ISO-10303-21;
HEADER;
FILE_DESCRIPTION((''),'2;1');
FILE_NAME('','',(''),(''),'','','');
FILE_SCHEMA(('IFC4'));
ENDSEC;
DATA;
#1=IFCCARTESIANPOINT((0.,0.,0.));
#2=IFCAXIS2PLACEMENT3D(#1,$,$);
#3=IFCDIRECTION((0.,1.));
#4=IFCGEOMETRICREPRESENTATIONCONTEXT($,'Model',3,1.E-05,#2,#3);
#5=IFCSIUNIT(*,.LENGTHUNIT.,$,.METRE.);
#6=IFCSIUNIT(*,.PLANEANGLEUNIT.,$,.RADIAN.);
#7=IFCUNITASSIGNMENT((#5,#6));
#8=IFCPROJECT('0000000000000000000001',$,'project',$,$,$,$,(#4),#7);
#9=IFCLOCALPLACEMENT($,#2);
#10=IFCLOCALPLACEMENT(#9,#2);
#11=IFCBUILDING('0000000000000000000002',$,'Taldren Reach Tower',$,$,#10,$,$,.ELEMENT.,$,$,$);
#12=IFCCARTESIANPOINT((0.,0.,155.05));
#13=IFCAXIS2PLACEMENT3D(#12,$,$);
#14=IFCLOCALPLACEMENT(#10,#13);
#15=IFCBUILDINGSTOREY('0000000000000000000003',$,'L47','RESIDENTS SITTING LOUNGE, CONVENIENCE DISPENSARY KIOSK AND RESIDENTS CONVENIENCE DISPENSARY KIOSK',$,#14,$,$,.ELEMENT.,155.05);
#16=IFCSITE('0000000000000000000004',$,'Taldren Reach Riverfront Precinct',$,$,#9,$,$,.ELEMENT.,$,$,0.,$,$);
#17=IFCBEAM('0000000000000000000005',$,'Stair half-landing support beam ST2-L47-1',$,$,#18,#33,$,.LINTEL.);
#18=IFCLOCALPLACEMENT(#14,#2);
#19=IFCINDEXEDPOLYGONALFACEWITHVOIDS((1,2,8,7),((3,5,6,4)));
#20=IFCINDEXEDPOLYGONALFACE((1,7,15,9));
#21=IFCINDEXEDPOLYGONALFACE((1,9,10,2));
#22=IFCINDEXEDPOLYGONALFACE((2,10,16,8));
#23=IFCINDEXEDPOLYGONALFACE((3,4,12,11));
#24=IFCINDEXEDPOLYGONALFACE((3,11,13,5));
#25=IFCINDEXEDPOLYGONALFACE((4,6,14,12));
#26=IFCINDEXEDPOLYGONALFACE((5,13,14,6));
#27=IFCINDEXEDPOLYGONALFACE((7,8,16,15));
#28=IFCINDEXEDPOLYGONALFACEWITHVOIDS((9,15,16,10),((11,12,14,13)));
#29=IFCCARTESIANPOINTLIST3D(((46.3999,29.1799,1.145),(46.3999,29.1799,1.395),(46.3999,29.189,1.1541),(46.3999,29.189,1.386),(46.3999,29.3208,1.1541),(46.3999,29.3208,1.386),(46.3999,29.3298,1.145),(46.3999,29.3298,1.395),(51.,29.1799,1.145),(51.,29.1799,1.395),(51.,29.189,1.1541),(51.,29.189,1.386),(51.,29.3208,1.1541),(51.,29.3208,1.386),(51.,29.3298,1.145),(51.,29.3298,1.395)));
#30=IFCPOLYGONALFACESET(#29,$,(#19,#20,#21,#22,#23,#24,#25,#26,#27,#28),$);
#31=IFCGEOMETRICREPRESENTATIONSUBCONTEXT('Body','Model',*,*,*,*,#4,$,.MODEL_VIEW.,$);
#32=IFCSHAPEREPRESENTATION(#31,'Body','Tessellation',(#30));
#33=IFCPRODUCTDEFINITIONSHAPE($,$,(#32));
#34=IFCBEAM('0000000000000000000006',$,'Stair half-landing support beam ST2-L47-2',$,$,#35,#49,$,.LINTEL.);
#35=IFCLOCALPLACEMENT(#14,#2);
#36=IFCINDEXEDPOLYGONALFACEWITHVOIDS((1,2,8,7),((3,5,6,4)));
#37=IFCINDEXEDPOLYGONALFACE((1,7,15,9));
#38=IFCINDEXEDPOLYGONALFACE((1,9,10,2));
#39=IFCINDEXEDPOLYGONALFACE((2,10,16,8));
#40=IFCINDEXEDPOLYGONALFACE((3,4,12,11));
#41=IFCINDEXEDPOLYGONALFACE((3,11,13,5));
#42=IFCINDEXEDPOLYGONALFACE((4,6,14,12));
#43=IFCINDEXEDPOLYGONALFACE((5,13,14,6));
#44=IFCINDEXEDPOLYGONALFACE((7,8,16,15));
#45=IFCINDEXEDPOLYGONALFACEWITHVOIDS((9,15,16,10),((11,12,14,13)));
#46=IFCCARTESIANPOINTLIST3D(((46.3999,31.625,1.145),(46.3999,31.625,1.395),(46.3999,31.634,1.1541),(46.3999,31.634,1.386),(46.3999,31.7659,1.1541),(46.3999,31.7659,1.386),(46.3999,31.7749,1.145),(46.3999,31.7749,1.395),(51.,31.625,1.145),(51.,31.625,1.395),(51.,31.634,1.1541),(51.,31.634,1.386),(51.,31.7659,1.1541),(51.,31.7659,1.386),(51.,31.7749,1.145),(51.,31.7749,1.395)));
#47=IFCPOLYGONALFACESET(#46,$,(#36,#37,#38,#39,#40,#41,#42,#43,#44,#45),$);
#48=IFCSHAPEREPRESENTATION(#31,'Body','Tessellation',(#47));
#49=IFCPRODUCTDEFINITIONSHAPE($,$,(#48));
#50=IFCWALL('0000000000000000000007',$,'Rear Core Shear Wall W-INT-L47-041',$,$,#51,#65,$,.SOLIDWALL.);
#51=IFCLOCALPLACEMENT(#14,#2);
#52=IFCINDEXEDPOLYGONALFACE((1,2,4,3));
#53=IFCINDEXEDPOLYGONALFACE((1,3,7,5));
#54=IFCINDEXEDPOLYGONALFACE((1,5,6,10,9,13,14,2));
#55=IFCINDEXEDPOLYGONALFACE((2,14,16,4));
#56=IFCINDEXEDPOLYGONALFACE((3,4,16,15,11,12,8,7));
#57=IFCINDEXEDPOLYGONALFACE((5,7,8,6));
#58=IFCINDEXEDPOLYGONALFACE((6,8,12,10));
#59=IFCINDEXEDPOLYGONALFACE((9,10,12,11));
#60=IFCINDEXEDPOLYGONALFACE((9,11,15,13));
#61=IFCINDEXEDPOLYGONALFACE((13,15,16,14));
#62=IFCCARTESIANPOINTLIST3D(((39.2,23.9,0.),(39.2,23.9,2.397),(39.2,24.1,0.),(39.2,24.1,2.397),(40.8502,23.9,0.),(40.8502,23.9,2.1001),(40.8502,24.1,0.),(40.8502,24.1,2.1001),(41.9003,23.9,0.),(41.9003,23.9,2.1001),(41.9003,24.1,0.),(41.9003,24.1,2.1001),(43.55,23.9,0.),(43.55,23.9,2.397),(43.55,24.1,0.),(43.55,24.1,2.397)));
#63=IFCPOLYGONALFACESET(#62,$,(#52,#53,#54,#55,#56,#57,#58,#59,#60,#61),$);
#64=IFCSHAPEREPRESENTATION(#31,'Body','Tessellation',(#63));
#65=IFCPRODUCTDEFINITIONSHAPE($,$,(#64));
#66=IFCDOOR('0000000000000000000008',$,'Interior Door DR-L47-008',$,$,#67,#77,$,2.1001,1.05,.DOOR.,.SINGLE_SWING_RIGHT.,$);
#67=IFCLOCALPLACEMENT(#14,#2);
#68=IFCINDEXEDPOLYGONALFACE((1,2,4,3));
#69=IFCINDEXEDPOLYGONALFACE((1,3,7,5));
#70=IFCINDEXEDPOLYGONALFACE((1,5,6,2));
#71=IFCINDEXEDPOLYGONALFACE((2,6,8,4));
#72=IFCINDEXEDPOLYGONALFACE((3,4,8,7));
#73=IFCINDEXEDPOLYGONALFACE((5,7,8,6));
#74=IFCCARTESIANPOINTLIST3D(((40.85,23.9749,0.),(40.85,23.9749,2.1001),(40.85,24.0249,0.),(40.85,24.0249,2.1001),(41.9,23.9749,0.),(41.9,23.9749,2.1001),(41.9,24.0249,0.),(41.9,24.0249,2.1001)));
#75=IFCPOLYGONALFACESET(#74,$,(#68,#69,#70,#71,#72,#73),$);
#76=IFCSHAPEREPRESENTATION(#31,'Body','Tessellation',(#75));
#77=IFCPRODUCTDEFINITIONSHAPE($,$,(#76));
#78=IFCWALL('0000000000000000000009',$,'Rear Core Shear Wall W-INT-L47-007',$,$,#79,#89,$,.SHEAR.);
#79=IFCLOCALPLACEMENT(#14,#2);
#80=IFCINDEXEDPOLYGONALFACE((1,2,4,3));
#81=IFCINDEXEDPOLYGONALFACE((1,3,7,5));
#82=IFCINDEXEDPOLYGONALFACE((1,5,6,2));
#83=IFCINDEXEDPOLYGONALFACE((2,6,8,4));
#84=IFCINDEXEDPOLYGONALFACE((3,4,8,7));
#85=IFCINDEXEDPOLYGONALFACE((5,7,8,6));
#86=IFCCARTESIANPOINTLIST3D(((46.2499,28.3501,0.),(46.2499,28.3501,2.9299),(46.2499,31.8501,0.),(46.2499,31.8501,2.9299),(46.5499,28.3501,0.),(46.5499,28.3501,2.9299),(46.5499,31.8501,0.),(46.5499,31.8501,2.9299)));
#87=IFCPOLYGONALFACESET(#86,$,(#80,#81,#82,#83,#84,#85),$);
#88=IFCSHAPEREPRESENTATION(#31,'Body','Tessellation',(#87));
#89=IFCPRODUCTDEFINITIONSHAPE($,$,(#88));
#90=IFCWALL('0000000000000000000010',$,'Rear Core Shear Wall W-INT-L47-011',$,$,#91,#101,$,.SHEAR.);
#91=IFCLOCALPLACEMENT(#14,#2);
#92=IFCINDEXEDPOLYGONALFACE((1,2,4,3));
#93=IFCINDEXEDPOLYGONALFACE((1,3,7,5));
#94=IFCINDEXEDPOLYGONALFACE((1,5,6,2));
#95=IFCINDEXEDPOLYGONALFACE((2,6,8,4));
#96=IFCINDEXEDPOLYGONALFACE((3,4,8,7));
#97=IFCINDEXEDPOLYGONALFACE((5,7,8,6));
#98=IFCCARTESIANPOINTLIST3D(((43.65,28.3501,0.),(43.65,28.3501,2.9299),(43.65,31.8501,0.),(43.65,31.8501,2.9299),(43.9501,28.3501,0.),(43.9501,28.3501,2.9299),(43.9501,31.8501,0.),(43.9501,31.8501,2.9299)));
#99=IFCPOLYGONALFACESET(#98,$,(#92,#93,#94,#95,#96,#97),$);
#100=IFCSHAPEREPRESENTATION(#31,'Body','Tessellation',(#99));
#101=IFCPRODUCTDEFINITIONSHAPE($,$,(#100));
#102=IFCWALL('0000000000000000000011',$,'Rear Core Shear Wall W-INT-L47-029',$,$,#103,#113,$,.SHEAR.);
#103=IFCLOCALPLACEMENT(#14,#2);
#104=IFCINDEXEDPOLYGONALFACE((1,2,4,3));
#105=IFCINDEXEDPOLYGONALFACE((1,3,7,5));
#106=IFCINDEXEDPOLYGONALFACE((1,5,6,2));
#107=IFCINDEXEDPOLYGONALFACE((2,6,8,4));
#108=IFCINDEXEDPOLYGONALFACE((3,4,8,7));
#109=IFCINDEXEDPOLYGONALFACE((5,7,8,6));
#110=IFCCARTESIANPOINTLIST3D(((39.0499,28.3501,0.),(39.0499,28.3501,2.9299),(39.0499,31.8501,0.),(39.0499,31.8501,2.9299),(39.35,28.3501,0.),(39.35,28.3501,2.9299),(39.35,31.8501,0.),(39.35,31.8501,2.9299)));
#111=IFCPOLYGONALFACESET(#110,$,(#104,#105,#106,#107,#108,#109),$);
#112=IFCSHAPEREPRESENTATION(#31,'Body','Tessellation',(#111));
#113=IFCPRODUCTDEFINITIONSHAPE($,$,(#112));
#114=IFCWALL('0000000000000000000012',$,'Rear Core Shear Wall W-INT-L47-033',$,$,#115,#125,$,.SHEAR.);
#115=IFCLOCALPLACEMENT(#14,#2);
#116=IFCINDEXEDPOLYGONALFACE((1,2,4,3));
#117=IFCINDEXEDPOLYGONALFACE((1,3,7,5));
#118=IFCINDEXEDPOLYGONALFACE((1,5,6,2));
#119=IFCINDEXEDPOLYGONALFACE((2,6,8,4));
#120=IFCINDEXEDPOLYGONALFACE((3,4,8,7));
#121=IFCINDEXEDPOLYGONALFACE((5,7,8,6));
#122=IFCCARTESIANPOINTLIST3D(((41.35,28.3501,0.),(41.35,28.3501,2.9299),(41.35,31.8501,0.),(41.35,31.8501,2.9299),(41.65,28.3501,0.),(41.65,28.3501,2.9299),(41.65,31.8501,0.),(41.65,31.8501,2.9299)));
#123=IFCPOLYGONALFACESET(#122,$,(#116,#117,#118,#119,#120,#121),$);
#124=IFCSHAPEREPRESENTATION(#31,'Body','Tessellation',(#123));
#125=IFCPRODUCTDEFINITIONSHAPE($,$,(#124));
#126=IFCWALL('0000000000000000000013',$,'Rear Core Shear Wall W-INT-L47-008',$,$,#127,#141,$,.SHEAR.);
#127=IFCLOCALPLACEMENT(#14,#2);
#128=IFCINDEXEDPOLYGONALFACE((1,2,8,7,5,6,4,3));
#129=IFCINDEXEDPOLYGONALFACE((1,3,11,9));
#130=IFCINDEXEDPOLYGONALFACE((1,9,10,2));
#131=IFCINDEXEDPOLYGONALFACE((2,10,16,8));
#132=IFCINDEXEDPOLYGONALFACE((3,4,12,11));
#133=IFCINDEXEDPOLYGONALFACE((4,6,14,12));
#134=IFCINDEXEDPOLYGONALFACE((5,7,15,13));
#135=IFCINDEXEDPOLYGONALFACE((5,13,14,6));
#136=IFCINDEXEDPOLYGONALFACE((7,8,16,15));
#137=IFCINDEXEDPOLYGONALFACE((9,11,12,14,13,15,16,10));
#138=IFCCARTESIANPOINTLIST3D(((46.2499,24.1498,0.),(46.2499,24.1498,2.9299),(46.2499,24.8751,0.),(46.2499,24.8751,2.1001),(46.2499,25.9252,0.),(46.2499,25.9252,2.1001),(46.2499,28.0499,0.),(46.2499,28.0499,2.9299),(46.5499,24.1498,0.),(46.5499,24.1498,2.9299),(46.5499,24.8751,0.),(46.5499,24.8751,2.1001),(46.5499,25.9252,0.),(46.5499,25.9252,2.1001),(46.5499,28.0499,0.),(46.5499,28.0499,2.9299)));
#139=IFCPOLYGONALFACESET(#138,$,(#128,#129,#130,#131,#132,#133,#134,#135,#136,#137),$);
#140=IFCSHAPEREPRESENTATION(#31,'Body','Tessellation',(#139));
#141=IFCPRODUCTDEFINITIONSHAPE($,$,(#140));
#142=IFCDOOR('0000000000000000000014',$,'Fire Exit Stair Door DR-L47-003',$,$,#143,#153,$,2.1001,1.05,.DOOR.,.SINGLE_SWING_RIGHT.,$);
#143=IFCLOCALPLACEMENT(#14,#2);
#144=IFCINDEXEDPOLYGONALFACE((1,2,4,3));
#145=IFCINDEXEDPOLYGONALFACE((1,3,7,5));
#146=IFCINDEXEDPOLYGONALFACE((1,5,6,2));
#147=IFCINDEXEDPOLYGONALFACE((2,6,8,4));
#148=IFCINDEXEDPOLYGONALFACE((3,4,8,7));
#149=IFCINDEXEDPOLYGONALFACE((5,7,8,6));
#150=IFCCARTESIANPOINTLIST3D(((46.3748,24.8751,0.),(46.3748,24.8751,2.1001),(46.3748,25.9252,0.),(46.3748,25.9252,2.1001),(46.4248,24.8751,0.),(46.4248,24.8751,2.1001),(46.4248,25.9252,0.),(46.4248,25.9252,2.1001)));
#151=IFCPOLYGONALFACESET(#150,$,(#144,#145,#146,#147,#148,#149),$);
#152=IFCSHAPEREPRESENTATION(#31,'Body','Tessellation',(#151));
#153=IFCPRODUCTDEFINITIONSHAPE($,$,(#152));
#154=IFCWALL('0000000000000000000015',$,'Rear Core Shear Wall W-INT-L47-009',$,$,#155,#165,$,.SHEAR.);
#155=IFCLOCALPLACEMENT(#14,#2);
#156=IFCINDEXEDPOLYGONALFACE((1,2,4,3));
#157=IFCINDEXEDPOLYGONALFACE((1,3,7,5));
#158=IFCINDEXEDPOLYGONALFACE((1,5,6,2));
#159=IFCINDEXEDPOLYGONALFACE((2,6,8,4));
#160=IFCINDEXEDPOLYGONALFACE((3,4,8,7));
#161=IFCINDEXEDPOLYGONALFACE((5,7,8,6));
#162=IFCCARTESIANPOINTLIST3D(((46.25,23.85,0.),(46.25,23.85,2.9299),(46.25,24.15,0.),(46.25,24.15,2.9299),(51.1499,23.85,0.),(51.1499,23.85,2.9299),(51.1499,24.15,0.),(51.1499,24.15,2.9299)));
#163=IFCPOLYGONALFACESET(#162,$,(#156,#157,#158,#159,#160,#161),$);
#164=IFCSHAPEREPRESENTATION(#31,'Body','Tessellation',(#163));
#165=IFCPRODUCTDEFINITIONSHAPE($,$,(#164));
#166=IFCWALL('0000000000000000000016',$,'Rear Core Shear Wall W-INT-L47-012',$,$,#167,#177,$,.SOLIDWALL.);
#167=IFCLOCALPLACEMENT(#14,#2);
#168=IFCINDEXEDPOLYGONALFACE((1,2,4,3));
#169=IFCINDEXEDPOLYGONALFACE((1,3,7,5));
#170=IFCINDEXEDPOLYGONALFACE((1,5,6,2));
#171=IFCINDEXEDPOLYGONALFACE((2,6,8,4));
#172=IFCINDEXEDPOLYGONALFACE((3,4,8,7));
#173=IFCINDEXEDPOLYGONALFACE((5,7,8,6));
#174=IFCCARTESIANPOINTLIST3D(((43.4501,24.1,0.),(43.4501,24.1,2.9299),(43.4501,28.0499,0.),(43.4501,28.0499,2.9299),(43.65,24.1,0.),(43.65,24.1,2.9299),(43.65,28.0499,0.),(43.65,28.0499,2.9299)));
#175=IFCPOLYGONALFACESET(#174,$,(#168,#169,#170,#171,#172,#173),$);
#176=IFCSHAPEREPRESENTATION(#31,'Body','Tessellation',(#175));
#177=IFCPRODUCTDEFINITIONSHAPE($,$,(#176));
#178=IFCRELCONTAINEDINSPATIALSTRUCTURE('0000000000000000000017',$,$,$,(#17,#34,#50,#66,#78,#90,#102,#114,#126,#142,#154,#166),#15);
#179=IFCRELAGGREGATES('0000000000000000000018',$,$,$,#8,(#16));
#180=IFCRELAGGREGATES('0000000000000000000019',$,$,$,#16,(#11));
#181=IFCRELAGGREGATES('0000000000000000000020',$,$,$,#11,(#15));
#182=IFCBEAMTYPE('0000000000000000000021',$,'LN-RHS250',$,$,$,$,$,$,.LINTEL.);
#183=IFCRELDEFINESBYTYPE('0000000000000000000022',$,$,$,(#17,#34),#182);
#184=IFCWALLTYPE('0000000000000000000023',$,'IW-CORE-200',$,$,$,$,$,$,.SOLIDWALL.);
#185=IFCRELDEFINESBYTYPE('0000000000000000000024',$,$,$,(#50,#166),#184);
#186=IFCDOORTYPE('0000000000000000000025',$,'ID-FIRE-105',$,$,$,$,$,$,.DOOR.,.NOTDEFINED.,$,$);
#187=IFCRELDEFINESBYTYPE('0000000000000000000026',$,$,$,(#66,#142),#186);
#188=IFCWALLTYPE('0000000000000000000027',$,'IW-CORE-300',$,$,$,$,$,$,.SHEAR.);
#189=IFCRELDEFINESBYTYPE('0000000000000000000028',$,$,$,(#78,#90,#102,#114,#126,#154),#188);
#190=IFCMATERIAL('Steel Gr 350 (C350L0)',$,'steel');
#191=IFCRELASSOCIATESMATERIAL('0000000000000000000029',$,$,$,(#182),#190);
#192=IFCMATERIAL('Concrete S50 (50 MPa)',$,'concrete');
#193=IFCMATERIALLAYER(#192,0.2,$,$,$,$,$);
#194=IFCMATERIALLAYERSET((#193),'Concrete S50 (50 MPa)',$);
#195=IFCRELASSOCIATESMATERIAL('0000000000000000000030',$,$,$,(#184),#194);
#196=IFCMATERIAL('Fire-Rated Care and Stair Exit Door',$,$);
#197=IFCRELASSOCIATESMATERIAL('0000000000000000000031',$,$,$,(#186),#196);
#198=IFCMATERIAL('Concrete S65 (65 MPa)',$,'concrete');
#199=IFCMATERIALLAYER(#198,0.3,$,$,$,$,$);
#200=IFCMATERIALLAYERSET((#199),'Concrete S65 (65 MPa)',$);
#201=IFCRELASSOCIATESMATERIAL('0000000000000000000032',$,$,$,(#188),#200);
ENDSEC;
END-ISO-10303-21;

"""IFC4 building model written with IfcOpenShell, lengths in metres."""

from ifc_helpers import new_model, si_unit, direction, frame, frame_2d, origin, origin_2d, place, context, subcontext, project, spatial, rectangle, hollow_rectangle, extrude, source, transform, mapped, material, layer, layer_set, material_profile, profile_set, type_object, element, fill, save


model = new_model("IFC4")

# Units and contexts
model_context = context("Model", 3, precision=1e-05, world=origin(), true_north=direction((0.0, 1.0)))
body_context = subcontext(model_context, "Body", "Model", "MODEL_VIEW")
ifc_project = project(units=[si_unit("LENGTHUNIT", "METRE"), si_unit("PLANEANGLEUNIT", "RADIAN")], contexts=[model_context])

# Site, building, storey
site_placement = place(None, origin())
site = spatial("IfcSite", under=ifc_project, at=site_placement, Name="Taldren Reach Riverfront Precinct", CompositionType="ELEMENT", RefElevation=0.0)
building_placement = place(site_placement, origin())
building = spatial("IfcBuilding", under=site, at=building_placement, Name="Taldren Reach Tower", CompositionType="ELEMENT")
storey_placement = place(building_placement, frame((0.0, 0.0, 155.05)))
storey = spatial("IfcBuildingStorey", under=building, at=storey_placement, Name="L47", Description="RESIDENTS SITTING LOUNGE, CONVENIENCE DISPENSARY KIOSK AND RESIDENTS CONVENIENCE DISPENSARY KIOSK", CompositionType="ELEMENT", Elevation=155.05)

# Beams
ifc_material_1 = material(Name="Steel Gr 350 (C350L0)", Category="steel")
ifc_material_profile = material_profile(ifc_material_1, hollow_rectangle(XDim=0.1499, YDim=0.25, WallThickness=0.009, at=origin_2d()), Name="250x150x9.0RHS")
ifc_profile_set = profile_set([ifc_material_profile], Name="Steel Gr 350 (C350L0)")
beam_type = type_object("IfcBeamType", Name="LN-RHS250", PredefinedType="LINTEL", material=ifc_profile_set)
shared_shape_1 = source(origin(), body_context, "Body", "SweptSolid", [
    extrude(hollow_rectangle(XDim=0.1499, YDim=0.25, WallThickness=0.009, at=origin_2d()), origin(), (0.0, 0.0, 1.0), 4.6001),
])
for number, where, z_axis, x_axis, name in (
    (1, (46.3999, 29.2549, 1.27), (1.0, 0.0, 0.0), (0.0, 1.0, 0.0), "Stair half-landing support beam ST2-L47-1"),
    (2, (46.3999, 31.7, 1.27), (1.0, 0.0, 0.0), (0.0, 1.0, 0.0), "Stair half-landing support beam ST2-L47-2"),
):
    element("IfcBeam", number, at=place(storey_placement, frame(where, z_axis=z_axis, x_axis=x_axis)), inside=storey, type_object=beam_type, Name=name, PredefinedType="LINTEL", context=body_context, shape_type="MappedRepresentation", body=[
        mapped(shared_shape_1, transform((0.0, 0.0, 0.0), scale=1.0)),
    ])

# Wall, opening, door
ifc_material_2 = material(Name="Concrete S50 (50 MPa)", Category="concrete")
ifc_layer_1 = layer(ifc_material_2, 0.2)
ifc_layer_set_1 = layer_set([ifc_layer_1], Name="Concrete S50 (50 MPa)")
wall_type_1 = type_object("IfcWallType", Name="IW-CORE-200", PredefinedType="SOLIDWALL", material=ifc_layer_set_1)
shared_shape_2 = source(origin(), body_context, "Body", "SweptSolid", [
    extrude(rectangle(XDim=4.3501, YDim=0.2, at=frame_2d((2.175, 0.0))), origin(), (0.0, 0.0, 1.0), 2.397),
])
wall_1_placement = place(storey_placement, frame((43.55, 24.0, 0.0), z_axis=(0.0, 0.0, 1.0), x_axis=(-1.0, 0.0, 0.0)))
wall_1 = element("IfcWall", 3, at=wall_1_placement, inside=storey, type_object=wall_type_1, Name="Rear Core Shear Wall W-INT-L47-041", PredefinedType="SOLIDWALL", context=body_context, shape_type="MappedRepresentation", body=[
    mapped(shared_shape_2, transform((0.0, 0.0, 0.0), scale=1.0)),
])
shared_shape_3 = source(origin(), body_context, "Body", "SweptSolid", [
    extrude(rectangle(XDim=1.05, YDim=2.1001, at=frame_2d((0.5249, 1.05))), frame((0.0, 0.1099, 0.0), z_axis=(0.0, -1.0, 0.0), x_axis=(1.0, 0.0, 0.0)), (0.0, 0.0, 1.0), 0.22),
])
opening_1_placement = place(wall_1_placement, frame((1.6499, 0.0, 0.0)))
opening_1 = element("IfcOpeningElement", 4, at=opening_1_placement, cuts=wall_1, PredefinedType="OPENING", context=body_context, shape_type="MappedRepresentation", body=[
    mapped(shared_shape_3, transform((0.0, 0.0, 0.0), scale=1.0)),
])
ifc_material_3 = material(Name="Fire-Rated Care and Stair Exit Door")
door_type_1 = type_object("IfcDoorType", Name="ID-FIRE-105", OperationType="NOTDEFINED", PredefinedType="DOOR", material=ifc_material_3)
shared_shape_4 = source(origin(), body_context, "Body", "SweptSolid", [
    extrude(rectangle(XDim=1.05, YDim=2.1001, at=frame_2d((0.5249, 1.05))), frame((0.0, 0.0249, 0.0), z_axis=(0.0, -1.0, 0.0), x_axis=(1.0, 0.0, 0.0)), (0.0, 0.0, 1.0), 0.05),
])
door_1_placement = place(opening_1_placement, frame((1.05, 0.0, 0.0), z_axis=(0.0, 0.0, 1.0), x_axis=(-1.0, 0.0, 0.0)))
door_1 = element("IfcDoor", 5, at=door_1_placement, inside=storey, type_object=door_type_1, Name="Interior Door DR-L47-008", OperationType="SINGLE_SWING_RIGHT", OverallHeight=2.1001, OverallWidth=1.05, PredefinedType="DOOR", context=body_context, shape_type="MappedRepresentation", body=[
    mapped(shared_shape_4, transform((0.0, 0.0, 0.0), scale=1.0)),
])
fill(opening_1, door_1)

# Walls
ifc_material_4 = material(Name="Concrete S65 (65 MPa)", Category="concrete")
ifc_layer_2 = layer(ifc_material_4, 0.3)
ifc_layer_set_2 = layer_set([ifc_layer_2], Name="Concrete S65 (65 MPa)")
wall_type_2 = type_object("IfcWallType", Name="IW-CORE-300", PredefinedType="SHEAR", material=ifc_layer_set_2)
shared_shape_5 = source(origin(), body_context, "Body", "SweptSolid", [
    extrude(rectangle(XDim=3.5, YDim=0.3, at=frame_2d((1.75, 0.0))), origin(), (0.0, 0.0, 1.0), 2.9299),
])
for number, where, z_axis, x_axis, name in (
    (6, (46.3999, 31.8501, 0.0), (0.0, 0.0, 1.0), (0.0, -1.0, 0.0), "Rear Core Shear Wall W-INT-L47-007"),
    (7, (43.8, 31.8501, 0.0), (0.0, 0.0, 1.0), (0.0, -1.0, 0.0), "Rear Core Shear Wall W-INT-L47-011"),
    (8, (39.2, 28.3501, 0.0), (0.0, 0.0, 1.0), (0.0, 1.0, 0.0), "Rear Core Shear Wall W-INT-L47-029"),
    (9, (41.5, 28.3501, 0.0), (0.0, 0.0, 1.0), (0.0, 1.0, 0.0), "Rear Core Shear Wall W-INT-L47-033"),
):
    element("IfcWall", number, at=place(storey_placement, frame(where, z_axis=z_axis, x_axis=x_axis)), inside=storey, type_object=wall_type_2, Name=name, PredefinedType="SHEAR", context=body_context, shape_type="MappedRepresentation", body=[
        mapped(shared_shape_5, transform((0.0, 0.0, 0.0), scale=1.0)),
    ])

# Wall, opening, door
shared_shape_6 = source(origin(), body_context, "Body", "SweptSolid", [
    extrude(rectangle(XDim=3.9001, YDim=0.3, at=frame_2d((1.9502, 0.0))), origin(), (0.0, 0.0, 1.0), 2.9299),
])
wall_2_placement = place(storey_placement, frame((46.3999, 28.05, 0.0), z_axis=(0.0, 0.0, 1.0), x_axis=(0.0, -1.0, 0.0)))
wall_2 = element("IfcWall", 10, at=wall_2_placement, inside=storey, type_object=wall_type_2, Name="Rear Core Shear Wall W-INT-L47-008", PredefinedType="SHEAR", context=body_context, shape_type="MappedRepresentation", body=[
    mapped(shared_shape_6, transform((0.0, 0.0, 0.0), scale=1.0)),
])
shared_shape_7 = source(origin(), body_context, "Body", "SweptSolid", [
    extrude(rectangle(XDim=1.05, YDim=2.1001, at=frame_2d((0.5249, 1.05))), frame((0.0, 0.1602, 0.0), z_axis=(0.0, -1.0, 0.0), x_axis=(1.0, 0.0, 0.0)), (0.0, 0.0, 1.0), 0.3201),
])
opening_2_placement = place(wall_2_placement, frame((2.125, 0.0, 0.0)))
opening_2 = element("IfcOpeningElement", 11, at=opening_2_placement, cuts=wall_2, PredefinedType="OPENING", context=body_context, shape_type="MappedRepresentation", body=[
    mapped(shared_shape_7, transform((0.0, 0.0, 0.0), scale=1.0)),
])
door_2_placement = place(opening_2_placement, origin())
door_2 = element("IfcDoor", 12, at=door_2_placement, inside=storey, type_object=door_type_1, Name="Fire Exit Stair Door DR-L47-003", OperationType="SINGLE_SWING_RIGHT", OverallHeight=2.1001, OverallWidth=1.05, PredefinedType="DOOR", context=body_context, shape_type="MappedRepresentation", body=[
    mapped(shared_shape_4, transform((0.0, 0.0, 0.0), scale=1.0)),
])
fill(opening_2, door_2)

# Wall
shared_shape_8 = source(origin(), body_context, "Body", "SweptSolid", [
    extrude(rectangle(XDim=4.8999, YDim=0.3, at=frame_2d((2.45, 0.0))), origin(), (0.0, 0.0, 1.0), 2.9299),
])
wall_3_placement = place(storey_placement, frame((46.25, 24.0, 0.0), z_axis=(0.0, 0.0, 1.0), x_axis=(1.0, 0.0, 0.0)))
element("IfcWall", 13, at=wall_3_placement, inside=storey, type_object=wall_type_2, Name="Rear Core Shear Wall W-INT-L47-009", PredefinedType="SHEAR", context=body_context, shape_type="MappedRepresentation", body=[
    mapped(shared_shape_8, transform((0.0, 0.0, 0.0), scale=1.0)),
])

# Wall
shared_shape_9 = source(origin(), body_context, "Body", "SweptSolid", [
    extrude(rectangle(XDim=3.95, YDim=0.2, at=frame_2d((1.9751, 0.0))), origin(), (0.0, 0.0, 1.0), 2.9299),
])
wall_4_placement = place(storey_placement, frame((43.55, 28.05, 0.0), z_axis=(0.0, 0.0, 1.0), x_axis=(0.0, -1.0, 0.0)))
element("IfcWall", 14, at=wall_4_placement, inside=storey, type_object=wall_type_1, Name="Rear Core Shear Wall W-INT-L47-012", PredefinedType="SOLIDWALL", context=body_context, shape_type="MappedRepresentation", body=[
    mapped(shared_shape_9, transform((0.0, 0.0, 0.0), scale=1.0)),
])

save(model, "model.ifc")
